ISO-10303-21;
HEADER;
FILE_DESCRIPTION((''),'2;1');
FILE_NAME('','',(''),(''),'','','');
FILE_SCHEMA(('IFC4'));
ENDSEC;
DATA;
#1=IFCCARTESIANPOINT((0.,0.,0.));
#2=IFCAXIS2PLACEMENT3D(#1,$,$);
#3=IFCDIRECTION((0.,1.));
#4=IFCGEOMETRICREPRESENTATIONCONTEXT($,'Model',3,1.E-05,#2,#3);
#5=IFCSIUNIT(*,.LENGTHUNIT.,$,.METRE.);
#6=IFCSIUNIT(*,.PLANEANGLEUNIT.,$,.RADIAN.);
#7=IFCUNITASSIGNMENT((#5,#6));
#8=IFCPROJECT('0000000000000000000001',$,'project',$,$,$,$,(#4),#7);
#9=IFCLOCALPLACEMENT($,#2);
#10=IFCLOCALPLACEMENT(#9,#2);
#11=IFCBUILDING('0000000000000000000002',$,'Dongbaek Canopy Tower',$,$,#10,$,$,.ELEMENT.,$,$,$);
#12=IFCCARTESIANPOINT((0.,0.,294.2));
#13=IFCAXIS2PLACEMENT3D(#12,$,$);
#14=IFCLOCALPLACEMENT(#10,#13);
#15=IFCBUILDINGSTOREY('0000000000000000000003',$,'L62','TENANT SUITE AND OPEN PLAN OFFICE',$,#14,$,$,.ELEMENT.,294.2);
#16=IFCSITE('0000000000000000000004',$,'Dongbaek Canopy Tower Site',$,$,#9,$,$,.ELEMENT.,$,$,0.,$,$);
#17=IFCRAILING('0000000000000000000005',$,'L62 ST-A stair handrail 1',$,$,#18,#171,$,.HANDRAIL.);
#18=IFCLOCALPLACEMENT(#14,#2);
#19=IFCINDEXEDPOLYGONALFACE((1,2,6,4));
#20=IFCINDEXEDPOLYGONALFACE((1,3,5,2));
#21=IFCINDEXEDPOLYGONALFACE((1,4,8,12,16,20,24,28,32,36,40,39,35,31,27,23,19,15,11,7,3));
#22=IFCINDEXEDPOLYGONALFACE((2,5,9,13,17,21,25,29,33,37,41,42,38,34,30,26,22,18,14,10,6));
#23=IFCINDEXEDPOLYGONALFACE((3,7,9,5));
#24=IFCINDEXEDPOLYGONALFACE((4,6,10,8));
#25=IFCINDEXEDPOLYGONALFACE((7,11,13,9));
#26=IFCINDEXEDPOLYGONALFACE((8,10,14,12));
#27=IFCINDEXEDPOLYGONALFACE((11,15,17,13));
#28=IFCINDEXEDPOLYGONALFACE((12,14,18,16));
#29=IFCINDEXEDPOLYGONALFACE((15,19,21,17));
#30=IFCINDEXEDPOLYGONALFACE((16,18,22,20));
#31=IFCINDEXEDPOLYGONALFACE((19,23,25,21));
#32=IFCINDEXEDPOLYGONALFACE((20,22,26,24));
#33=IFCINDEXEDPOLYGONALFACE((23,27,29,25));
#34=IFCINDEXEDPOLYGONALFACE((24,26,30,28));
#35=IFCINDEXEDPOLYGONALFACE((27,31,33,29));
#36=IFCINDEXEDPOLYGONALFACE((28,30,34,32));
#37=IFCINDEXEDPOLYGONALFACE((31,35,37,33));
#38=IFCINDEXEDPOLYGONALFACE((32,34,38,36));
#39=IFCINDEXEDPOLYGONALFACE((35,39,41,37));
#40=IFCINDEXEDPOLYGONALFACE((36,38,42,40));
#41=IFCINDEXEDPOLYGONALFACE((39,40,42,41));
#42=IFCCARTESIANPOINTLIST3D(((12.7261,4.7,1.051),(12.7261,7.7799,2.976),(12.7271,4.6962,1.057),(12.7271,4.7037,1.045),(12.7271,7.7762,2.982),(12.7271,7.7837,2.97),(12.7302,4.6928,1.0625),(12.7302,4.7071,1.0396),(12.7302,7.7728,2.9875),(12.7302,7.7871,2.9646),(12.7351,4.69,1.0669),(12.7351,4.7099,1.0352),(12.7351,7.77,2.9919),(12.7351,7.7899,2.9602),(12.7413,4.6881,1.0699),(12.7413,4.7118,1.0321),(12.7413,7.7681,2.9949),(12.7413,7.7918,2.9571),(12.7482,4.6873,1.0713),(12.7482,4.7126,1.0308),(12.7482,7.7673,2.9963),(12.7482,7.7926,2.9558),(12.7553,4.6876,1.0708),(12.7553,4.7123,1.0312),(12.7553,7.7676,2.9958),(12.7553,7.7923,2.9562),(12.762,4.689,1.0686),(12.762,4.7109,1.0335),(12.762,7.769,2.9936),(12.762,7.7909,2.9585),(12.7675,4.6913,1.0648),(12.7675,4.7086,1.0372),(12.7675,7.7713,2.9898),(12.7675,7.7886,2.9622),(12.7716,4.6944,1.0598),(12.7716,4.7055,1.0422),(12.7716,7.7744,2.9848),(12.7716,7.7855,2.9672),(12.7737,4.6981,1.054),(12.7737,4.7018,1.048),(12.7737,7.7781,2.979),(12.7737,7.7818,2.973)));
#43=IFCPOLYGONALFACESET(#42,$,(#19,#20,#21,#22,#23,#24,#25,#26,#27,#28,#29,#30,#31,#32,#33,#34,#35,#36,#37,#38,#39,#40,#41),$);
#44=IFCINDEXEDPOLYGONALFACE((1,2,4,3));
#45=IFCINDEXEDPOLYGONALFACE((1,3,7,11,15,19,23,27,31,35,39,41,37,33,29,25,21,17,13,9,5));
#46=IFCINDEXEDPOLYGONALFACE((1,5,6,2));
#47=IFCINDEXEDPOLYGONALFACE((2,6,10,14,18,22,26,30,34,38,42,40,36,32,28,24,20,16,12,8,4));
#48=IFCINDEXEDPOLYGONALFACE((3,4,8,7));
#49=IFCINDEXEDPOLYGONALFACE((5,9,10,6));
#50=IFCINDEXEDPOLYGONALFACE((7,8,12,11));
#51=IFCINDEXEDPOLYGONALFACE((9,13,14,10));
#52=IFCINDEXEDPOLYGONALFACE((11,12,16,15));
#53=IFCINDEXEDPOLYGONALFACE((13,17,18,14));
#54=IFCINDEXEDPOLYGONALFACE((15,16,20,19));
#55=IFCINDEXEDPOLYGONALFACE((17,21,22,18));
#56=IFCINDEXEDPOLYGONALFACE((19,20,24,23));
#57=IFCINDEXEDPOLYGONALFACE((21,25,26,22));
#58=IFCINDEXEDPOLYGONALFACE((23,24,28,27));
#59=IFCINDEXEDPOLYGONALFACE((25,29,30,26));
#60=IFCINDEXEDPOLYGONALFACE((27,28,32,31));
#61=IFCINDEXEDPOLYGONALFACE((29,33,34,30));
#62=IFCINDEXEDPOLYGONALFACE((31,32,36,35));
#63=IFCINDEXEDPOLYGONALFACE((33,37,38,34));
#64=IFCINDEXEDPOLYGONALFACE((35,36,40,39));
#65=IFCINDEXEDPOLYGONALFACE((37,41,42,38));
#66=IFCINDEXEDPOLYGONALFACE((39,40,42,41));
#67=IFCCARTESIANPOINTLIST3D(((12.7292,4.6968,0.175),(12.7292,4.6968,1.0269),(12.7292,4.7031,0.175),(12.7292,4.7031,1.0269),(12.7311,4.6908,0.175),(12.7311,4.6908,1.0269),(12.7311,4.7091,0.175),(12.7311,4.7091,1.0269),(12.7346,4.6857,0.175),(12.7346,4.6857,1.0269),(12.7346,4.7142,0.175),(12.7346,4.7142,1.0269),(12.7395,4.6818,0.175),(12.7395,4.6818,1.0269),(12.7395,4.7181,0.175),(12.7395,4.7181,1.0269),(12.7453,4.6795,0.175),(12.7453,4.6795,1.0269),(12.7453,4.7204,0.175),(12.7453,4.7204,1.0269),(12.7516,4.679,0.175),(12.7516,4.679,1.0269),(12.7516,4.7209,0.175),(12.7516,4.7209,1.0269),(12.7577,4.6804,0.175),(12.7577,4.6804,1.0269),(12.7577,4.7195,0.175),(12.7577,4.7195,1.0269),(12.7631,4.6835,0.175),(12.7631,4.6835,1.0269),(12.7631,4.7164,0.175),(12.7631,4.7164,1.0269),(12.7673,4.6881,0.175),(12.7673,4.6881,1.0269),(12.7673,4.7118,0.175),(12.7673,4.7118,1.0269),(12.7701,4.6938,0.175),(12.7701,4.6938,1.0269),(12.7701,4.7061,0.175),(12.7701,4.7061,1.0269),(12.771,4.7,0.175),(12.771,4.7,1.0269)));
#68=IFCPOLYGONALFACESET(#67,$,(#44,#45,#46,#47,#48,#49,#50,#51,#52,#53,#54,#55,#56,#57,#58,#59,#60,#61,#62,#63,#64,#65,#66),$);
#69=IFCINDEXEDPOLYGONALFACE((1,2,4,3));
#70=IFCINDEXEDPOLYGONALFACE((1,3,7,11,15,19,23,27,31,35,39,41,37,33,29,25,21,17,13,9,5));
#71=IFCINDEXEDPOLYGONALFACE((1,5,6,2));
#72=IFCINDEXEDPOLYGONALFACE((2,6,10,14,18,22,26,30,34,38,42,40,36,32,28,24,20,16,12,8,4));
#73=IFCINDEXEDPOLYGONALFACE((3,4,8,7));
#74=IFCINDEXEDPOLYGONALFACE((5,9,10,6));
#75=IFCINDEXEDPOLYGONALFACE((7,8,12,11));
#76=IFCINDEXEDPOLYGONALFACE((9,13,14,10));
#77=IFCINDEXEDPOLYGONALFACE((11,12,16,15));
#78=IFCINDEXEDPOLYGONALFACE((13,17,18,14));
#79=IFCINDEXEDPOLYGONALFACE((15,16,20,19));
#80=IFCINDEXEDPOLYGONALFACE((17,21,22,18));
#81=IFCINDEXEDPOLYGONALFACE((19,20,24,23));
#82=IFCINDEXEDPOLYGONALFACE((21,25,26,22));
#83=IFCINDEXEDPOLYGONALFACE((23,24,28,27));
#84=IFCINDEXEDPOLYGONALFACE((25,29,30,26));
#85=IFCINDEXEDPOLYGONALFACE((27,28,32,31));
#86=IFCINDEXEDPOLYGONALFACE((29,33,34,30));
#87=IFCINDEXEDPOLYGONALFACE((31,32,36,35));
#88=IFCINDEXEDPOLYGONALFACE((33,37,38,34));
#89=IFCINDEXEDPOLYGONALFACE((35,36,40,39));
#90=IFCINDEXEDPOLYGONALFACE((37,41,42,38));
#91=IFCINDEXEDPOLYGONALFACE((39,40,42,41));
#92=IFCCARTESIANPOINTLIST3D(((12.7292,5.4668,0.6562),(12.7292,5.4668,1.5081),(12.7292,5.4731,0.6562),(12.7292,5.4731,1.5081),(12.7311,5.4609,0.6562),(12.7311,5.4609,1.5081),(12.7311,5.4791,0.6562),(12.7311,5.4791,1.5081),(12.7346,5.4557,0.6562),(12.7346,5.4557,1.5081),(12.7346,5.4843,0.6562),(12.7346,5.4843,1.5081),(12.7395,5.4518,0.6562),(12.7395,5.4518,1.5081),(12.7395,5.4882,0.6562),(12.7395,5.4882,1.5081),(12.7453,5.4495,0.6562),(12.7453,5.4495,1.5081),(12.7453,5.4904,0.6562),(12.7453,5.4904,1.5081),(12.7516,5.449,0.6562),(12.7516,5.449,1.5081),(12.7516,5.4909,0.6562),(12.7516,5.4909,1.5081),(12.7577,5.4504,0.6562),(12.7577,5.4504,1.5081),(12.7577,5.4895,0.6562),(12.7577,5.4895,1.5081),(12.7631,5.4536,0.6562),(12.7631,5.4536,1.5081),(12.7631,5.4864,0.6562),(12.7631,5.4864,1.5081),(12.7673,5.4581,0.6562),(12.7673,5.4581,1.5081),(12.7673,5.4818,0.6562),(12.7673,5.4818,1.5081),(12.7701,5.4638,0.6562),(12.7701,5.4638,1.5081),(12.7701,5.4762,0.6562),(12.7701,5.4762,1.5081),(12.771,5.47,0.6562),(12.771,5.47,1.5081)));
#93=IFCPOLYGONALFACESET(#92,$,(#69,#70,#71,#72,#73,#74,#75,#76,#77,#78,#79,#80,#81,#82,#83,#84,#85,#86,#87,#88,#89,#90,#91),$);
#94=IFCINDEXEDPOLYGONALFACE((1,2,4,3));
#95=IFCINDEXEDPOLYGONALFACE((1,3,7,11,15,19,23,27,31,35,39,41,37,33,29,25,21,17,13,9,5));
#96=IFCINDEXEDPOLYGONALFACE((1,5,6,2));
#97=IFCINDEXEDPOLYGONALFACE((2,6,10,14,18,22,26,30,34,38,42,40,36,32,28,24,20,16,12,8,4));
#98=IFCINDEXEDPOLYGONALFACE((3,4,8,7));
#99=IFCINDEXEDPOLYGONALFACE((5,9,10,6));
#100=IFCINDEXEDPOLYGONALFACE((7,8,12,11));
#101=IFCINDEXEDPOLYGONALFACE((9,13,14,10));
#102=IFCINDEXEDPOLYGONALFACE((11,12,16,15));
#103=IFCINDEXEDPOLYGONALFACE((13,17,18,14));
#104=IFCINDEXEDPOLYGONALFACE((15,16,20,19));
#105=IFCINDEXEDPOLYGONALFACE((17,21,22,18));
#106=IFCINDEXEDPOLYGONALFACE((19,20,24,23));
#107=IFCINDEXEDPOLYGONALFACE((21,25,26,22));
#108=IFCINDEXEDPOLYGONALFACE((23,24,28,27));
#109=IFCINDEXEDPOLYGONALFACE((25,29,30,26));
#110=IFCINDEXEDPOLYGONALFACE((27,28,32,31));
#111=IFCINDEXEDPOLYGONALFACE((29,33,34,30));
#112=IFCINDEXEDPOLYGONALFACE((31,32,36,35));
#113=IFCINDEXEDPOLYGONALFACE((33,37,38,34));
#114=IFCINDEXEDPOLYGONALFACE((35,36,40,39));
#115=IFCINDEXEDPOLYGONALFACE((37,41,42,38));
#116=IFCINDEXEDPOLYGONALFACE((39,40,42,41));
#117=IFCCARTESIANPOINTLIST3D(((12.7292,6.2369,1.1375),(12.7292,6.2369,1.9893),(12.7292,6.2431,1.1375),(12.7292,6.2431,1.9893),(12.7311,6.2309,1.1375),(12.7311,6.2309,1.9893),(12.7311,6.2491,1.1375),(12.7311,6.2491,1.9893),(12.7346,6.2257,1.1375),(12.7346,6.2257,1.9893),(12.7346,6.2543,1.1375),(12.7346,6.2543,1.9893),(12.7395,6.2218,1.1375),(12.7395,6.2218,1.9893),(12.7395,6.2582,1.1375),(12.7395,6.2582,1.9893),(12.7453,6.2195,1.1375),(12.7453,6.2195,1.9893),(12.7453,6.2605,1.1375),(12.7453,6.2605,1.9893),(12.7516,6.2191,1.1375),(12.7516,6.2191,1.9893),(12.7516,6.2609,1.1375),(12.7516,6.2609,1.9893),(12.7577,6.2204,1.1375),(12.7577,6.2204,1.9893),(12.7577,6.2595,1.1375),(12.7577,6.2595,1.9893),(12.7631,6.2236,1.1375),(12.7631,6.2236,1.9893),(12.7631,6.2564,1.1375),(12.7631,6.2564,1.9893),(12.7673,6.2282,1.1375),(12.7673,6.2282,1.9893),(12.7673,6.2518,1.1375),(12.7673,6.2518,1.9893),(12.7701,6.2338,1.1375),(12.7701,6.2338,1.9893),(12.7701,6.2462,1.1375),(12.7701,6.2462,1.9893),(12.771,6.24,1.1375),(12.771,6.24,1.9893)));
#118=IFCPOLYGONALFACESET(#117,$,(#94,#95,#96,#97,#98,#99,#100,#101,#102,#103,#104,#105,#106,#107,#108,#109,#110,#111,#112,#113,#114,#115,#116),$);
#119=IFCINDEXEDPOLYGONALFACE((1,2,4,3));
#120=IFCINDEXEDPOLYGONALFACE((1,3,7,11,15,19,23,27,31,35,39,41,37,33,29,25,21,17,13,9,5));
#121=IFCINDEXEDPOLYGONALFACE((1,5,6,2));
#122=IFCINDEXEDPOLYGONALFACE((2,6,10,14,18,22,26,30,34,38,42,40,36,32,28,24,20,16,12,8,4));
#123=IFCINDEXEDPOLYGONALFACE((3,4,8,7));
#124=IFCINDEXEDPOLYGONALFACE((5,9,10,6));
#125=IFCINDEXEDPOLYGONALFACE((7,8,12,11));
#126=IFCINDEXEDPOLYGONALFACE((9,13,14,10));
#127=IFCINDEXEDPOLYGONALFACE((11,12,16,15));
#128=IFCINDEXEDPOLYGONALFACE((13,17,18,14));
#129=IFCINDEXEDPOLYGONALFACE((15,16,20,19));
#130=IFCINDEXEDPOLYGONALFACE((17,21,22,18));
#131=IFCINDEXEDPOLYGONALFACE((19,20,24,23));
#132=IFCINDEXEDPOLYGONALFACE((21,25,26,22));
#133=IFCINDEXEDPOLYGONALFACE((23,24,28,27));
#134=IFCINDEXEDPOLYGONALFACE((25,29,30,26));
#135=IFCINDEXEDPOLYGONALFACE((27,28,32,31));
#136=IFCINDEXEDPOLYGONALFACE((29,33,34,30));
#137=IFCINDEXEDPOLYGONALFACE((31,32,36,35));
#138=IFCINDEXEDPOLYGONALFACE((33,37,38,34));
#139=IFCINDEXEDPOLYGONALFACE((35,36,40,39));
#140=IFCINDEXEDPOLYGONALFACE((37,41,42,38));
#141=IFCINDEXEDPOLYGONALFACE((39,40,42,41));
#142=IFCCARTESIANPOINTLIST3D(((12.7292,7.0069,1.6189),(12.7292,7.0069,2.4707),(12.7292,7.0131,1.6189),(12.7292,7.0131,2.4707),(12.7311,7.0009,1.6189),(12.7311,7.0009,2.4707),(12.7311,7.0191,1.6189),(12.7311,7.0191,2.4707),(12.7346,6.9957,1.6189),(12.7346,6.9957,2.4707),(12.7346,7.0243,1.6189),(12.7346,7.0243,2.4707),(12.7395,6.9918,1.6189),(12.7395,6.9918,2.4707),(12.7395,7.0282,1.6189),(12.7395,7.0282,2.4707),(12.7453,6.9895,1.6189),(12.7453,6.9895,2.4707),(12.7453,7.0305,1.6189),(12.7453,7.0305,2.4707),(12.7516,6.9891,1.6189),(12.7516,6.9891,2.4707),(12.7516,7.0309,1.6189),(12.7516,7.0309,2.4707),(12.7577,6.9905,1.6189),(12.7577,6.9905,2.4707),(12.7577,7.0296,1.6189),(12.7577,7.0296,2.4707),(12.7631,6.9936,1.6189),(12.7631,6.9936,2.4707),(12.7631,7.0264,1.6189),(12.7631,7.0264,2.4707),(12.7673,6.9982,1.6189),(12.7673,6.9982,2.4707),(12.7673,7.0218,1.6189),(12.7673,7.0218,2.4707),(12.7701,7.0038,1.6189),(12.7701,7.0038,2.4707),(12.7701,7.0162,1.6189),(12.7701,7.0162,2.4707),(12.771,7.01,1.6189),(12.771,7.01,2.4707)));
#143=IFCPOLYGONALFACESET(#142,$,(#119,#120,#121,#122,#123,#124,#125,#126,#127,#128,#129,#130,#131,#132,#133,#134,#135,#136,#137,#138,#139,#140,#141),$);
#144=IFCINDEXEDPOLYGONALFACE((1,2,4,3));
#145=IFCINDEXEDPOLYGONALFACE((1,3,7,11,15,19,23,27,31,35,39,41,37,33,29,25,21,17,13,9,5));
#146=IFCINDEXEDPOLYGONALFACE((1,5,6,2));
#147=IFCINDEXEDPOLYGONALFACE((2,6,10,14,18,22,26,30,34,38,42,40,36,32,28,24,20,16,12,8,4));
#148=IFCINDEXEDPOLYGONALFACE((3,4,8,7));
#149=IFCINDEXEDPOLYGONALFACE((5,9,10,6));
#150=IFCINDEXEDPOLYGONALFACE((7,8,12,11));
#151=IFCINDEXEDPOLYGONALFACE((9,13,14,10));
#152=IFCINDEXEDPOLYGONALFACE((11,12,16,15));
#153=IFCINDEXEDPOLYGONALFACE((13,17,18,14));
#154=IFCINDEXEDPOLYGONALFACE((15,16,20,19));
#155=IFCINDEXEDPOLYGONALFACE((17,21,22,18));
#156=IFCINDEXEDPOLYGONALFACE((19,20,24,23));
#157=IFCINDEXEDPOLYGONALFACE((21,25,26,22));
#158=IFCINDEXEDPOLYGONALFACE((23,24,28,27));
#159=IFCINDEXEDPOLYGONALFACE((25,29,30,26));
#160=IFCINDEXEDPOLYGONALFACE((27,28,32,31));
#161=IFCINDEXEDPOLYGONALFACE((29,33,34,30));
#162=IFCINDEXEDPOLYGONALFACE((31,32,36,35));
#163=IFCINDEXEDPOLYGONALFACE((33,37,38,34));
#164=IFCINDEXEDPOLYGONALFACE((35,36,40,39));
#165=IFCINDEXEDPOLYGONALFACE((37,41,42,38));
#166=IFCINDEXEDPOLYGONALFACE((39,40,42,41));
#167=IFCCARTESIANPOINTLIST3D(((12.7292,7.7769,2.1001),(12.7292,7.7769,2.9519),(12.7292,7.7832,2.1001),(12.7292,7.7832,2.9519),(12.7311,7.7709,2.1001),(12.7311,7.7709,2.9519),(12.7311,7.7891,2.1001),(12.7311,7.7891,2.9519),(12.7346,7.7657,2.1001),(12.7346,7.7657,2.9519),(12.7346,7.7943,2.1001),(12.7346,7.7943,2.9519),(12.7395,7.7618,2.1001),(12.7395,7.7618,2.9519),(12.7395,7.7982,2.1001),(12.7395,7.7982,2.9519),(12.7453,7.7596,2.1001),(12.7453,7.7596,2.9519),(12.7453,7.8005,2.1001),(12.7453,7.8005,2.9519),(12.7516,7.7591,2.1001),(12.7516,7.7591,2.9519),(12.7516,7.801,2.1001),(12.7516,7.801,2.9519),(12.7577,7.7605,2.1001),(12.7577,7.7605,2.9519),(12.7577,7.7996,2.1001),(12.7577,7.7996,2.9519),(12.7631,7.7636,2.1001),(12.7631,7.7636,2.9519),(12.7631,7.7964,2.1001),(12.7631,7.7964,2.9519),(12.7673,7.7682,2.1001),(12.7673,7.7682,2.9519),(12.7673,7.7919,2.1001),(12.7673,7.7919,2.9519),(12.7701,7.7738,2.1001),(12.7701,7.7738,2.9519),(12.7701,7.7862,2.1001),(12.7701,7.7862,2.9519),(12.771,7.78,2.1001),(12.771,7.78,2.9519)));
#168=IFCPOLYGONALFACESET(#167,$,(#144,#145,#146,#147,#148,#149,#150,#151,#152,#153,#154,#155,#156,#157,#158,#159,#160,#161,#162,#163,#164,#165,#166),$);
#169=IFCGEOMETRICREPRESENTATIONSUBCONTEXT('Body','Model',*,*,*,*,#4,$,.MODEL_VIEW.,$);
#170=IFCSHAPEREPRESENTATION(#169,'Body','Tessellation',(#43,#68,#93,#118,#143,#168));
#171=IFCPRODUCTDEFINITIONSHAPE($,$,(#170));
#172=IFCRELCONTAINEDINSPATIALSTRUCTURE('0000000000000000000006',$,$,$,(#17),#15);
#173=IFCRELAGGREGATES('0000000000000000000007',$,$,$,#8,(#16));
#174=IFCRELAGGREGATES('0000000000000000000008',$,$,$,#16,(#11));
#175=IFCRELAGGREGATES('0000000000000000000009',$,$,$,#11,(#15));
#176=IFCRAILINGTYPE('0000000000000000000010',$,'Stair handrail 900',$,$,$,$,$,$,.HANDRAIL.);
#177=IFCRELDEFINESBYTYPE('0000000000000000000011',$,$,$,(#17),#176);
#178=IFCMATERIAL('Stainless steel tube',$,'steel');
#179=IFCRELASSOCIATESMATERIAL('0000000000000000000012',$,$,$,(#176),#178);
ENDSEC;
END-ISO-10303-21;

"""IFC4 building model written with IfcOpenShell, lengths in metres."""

from ifc_helpers import new_model, si_unit, direction, frame, origin, origin_2d, place, context, subcontext, project, spatial, circle, extrude, material, type_object, element, save


model = new_model("IFC4")

# Units and contexts
model_context = context("Model", 3, precision=1e-05, world=origin(), true_north=direction((0.0, 1.0)))
body_context = subcontext(model_context, "Body", "Model", "MODEL_VIEW")
ifc_project = project(units=[si_unit("LENGTHUNIT", "METRE"), si_unit("PLANEANGLEUNIT", "RADIAN")], contexts=[model_context])

# Site, building, storey
site_placement = place(None, origin())
site = spatial("IfcSite", under=ifc_project, at=site_placement, Name="Dongbaek Canopy Tower Site", CompositionType="ELEMENT", RefElevation=0.0)
building_placement = place(site_placement, origin())
building = spatial("IfcBuilding", under=site, at=building_placement, Name="Dongbaek Canopy Tower", CompositionType="ELEMENT")
storey_placement = place(building_placement, frame((0.0, 0.0, 294.2)))
storey = spatial("IfcBuildingStorey", under=building, at=storey_placement, Name="L62", Description="TENANT SUITE AND OPEN PLAN OFFICE", CompositionType="ELEMENT", Elevation=294.2)

# Railing
ifc_material_1 = material(Name="Stainless steel tube", Category="steel")
railing_type_1 = type_object("IfcRailingType", Name="Stair handrail 900", PredefinedType="HANDRAIL", material=ifc_material_1)
railing_1_placement = place(storey_placement, frame((12.75, 4.7, 0.175)))
element("IfcRailing", 1, at=railing_1_placement, inside=storey, type_object=railing_type_1, Name="L62 ST-A stair handrail 1", PredefinedType="HANDRAIL", context=body_context, shape_type="SweptSolid", body=[
    extrude(circle(Radius=0.0239, at=origin_2d()), frame((0.0, 0.0, 0.876), z_axis=(0.0, 0.847998, 0.529999), x_axis=(-1.0, 0.0, 0.0)), (0.0, 0.0, 1.0), 3.6321),
    extrude(circle(Radius=0.021, at=origin_2d()), origin(), (0.0, 0.0, 1.0), 0.8518),
    extrude(circle(Radius=0.021, at=origin_2d()), frame((0.0, 0.77, 0.4812)), (0.0, 0.0, 1.0), 0.8518),
    extrude(circle(Radius=0.021, at=origin_2d()), frame((0.0, 1.54, 0.9624)), (0.0, 0.0, 1.0), 0.8518),
    extrude(circle(Radius=0.021, at=origin_2d()), frame((0.0, 2.3101, 1.4438)), (0.0, 0.0, 1.0), 0.8518),
    extrude(circle(Radius=0.021, at=origin_2d()), frame((0.0, 3.0801, 1.925)), (0.0, 0.0, 1.0), 0.8518),
])

save(model, "model.ifc")
